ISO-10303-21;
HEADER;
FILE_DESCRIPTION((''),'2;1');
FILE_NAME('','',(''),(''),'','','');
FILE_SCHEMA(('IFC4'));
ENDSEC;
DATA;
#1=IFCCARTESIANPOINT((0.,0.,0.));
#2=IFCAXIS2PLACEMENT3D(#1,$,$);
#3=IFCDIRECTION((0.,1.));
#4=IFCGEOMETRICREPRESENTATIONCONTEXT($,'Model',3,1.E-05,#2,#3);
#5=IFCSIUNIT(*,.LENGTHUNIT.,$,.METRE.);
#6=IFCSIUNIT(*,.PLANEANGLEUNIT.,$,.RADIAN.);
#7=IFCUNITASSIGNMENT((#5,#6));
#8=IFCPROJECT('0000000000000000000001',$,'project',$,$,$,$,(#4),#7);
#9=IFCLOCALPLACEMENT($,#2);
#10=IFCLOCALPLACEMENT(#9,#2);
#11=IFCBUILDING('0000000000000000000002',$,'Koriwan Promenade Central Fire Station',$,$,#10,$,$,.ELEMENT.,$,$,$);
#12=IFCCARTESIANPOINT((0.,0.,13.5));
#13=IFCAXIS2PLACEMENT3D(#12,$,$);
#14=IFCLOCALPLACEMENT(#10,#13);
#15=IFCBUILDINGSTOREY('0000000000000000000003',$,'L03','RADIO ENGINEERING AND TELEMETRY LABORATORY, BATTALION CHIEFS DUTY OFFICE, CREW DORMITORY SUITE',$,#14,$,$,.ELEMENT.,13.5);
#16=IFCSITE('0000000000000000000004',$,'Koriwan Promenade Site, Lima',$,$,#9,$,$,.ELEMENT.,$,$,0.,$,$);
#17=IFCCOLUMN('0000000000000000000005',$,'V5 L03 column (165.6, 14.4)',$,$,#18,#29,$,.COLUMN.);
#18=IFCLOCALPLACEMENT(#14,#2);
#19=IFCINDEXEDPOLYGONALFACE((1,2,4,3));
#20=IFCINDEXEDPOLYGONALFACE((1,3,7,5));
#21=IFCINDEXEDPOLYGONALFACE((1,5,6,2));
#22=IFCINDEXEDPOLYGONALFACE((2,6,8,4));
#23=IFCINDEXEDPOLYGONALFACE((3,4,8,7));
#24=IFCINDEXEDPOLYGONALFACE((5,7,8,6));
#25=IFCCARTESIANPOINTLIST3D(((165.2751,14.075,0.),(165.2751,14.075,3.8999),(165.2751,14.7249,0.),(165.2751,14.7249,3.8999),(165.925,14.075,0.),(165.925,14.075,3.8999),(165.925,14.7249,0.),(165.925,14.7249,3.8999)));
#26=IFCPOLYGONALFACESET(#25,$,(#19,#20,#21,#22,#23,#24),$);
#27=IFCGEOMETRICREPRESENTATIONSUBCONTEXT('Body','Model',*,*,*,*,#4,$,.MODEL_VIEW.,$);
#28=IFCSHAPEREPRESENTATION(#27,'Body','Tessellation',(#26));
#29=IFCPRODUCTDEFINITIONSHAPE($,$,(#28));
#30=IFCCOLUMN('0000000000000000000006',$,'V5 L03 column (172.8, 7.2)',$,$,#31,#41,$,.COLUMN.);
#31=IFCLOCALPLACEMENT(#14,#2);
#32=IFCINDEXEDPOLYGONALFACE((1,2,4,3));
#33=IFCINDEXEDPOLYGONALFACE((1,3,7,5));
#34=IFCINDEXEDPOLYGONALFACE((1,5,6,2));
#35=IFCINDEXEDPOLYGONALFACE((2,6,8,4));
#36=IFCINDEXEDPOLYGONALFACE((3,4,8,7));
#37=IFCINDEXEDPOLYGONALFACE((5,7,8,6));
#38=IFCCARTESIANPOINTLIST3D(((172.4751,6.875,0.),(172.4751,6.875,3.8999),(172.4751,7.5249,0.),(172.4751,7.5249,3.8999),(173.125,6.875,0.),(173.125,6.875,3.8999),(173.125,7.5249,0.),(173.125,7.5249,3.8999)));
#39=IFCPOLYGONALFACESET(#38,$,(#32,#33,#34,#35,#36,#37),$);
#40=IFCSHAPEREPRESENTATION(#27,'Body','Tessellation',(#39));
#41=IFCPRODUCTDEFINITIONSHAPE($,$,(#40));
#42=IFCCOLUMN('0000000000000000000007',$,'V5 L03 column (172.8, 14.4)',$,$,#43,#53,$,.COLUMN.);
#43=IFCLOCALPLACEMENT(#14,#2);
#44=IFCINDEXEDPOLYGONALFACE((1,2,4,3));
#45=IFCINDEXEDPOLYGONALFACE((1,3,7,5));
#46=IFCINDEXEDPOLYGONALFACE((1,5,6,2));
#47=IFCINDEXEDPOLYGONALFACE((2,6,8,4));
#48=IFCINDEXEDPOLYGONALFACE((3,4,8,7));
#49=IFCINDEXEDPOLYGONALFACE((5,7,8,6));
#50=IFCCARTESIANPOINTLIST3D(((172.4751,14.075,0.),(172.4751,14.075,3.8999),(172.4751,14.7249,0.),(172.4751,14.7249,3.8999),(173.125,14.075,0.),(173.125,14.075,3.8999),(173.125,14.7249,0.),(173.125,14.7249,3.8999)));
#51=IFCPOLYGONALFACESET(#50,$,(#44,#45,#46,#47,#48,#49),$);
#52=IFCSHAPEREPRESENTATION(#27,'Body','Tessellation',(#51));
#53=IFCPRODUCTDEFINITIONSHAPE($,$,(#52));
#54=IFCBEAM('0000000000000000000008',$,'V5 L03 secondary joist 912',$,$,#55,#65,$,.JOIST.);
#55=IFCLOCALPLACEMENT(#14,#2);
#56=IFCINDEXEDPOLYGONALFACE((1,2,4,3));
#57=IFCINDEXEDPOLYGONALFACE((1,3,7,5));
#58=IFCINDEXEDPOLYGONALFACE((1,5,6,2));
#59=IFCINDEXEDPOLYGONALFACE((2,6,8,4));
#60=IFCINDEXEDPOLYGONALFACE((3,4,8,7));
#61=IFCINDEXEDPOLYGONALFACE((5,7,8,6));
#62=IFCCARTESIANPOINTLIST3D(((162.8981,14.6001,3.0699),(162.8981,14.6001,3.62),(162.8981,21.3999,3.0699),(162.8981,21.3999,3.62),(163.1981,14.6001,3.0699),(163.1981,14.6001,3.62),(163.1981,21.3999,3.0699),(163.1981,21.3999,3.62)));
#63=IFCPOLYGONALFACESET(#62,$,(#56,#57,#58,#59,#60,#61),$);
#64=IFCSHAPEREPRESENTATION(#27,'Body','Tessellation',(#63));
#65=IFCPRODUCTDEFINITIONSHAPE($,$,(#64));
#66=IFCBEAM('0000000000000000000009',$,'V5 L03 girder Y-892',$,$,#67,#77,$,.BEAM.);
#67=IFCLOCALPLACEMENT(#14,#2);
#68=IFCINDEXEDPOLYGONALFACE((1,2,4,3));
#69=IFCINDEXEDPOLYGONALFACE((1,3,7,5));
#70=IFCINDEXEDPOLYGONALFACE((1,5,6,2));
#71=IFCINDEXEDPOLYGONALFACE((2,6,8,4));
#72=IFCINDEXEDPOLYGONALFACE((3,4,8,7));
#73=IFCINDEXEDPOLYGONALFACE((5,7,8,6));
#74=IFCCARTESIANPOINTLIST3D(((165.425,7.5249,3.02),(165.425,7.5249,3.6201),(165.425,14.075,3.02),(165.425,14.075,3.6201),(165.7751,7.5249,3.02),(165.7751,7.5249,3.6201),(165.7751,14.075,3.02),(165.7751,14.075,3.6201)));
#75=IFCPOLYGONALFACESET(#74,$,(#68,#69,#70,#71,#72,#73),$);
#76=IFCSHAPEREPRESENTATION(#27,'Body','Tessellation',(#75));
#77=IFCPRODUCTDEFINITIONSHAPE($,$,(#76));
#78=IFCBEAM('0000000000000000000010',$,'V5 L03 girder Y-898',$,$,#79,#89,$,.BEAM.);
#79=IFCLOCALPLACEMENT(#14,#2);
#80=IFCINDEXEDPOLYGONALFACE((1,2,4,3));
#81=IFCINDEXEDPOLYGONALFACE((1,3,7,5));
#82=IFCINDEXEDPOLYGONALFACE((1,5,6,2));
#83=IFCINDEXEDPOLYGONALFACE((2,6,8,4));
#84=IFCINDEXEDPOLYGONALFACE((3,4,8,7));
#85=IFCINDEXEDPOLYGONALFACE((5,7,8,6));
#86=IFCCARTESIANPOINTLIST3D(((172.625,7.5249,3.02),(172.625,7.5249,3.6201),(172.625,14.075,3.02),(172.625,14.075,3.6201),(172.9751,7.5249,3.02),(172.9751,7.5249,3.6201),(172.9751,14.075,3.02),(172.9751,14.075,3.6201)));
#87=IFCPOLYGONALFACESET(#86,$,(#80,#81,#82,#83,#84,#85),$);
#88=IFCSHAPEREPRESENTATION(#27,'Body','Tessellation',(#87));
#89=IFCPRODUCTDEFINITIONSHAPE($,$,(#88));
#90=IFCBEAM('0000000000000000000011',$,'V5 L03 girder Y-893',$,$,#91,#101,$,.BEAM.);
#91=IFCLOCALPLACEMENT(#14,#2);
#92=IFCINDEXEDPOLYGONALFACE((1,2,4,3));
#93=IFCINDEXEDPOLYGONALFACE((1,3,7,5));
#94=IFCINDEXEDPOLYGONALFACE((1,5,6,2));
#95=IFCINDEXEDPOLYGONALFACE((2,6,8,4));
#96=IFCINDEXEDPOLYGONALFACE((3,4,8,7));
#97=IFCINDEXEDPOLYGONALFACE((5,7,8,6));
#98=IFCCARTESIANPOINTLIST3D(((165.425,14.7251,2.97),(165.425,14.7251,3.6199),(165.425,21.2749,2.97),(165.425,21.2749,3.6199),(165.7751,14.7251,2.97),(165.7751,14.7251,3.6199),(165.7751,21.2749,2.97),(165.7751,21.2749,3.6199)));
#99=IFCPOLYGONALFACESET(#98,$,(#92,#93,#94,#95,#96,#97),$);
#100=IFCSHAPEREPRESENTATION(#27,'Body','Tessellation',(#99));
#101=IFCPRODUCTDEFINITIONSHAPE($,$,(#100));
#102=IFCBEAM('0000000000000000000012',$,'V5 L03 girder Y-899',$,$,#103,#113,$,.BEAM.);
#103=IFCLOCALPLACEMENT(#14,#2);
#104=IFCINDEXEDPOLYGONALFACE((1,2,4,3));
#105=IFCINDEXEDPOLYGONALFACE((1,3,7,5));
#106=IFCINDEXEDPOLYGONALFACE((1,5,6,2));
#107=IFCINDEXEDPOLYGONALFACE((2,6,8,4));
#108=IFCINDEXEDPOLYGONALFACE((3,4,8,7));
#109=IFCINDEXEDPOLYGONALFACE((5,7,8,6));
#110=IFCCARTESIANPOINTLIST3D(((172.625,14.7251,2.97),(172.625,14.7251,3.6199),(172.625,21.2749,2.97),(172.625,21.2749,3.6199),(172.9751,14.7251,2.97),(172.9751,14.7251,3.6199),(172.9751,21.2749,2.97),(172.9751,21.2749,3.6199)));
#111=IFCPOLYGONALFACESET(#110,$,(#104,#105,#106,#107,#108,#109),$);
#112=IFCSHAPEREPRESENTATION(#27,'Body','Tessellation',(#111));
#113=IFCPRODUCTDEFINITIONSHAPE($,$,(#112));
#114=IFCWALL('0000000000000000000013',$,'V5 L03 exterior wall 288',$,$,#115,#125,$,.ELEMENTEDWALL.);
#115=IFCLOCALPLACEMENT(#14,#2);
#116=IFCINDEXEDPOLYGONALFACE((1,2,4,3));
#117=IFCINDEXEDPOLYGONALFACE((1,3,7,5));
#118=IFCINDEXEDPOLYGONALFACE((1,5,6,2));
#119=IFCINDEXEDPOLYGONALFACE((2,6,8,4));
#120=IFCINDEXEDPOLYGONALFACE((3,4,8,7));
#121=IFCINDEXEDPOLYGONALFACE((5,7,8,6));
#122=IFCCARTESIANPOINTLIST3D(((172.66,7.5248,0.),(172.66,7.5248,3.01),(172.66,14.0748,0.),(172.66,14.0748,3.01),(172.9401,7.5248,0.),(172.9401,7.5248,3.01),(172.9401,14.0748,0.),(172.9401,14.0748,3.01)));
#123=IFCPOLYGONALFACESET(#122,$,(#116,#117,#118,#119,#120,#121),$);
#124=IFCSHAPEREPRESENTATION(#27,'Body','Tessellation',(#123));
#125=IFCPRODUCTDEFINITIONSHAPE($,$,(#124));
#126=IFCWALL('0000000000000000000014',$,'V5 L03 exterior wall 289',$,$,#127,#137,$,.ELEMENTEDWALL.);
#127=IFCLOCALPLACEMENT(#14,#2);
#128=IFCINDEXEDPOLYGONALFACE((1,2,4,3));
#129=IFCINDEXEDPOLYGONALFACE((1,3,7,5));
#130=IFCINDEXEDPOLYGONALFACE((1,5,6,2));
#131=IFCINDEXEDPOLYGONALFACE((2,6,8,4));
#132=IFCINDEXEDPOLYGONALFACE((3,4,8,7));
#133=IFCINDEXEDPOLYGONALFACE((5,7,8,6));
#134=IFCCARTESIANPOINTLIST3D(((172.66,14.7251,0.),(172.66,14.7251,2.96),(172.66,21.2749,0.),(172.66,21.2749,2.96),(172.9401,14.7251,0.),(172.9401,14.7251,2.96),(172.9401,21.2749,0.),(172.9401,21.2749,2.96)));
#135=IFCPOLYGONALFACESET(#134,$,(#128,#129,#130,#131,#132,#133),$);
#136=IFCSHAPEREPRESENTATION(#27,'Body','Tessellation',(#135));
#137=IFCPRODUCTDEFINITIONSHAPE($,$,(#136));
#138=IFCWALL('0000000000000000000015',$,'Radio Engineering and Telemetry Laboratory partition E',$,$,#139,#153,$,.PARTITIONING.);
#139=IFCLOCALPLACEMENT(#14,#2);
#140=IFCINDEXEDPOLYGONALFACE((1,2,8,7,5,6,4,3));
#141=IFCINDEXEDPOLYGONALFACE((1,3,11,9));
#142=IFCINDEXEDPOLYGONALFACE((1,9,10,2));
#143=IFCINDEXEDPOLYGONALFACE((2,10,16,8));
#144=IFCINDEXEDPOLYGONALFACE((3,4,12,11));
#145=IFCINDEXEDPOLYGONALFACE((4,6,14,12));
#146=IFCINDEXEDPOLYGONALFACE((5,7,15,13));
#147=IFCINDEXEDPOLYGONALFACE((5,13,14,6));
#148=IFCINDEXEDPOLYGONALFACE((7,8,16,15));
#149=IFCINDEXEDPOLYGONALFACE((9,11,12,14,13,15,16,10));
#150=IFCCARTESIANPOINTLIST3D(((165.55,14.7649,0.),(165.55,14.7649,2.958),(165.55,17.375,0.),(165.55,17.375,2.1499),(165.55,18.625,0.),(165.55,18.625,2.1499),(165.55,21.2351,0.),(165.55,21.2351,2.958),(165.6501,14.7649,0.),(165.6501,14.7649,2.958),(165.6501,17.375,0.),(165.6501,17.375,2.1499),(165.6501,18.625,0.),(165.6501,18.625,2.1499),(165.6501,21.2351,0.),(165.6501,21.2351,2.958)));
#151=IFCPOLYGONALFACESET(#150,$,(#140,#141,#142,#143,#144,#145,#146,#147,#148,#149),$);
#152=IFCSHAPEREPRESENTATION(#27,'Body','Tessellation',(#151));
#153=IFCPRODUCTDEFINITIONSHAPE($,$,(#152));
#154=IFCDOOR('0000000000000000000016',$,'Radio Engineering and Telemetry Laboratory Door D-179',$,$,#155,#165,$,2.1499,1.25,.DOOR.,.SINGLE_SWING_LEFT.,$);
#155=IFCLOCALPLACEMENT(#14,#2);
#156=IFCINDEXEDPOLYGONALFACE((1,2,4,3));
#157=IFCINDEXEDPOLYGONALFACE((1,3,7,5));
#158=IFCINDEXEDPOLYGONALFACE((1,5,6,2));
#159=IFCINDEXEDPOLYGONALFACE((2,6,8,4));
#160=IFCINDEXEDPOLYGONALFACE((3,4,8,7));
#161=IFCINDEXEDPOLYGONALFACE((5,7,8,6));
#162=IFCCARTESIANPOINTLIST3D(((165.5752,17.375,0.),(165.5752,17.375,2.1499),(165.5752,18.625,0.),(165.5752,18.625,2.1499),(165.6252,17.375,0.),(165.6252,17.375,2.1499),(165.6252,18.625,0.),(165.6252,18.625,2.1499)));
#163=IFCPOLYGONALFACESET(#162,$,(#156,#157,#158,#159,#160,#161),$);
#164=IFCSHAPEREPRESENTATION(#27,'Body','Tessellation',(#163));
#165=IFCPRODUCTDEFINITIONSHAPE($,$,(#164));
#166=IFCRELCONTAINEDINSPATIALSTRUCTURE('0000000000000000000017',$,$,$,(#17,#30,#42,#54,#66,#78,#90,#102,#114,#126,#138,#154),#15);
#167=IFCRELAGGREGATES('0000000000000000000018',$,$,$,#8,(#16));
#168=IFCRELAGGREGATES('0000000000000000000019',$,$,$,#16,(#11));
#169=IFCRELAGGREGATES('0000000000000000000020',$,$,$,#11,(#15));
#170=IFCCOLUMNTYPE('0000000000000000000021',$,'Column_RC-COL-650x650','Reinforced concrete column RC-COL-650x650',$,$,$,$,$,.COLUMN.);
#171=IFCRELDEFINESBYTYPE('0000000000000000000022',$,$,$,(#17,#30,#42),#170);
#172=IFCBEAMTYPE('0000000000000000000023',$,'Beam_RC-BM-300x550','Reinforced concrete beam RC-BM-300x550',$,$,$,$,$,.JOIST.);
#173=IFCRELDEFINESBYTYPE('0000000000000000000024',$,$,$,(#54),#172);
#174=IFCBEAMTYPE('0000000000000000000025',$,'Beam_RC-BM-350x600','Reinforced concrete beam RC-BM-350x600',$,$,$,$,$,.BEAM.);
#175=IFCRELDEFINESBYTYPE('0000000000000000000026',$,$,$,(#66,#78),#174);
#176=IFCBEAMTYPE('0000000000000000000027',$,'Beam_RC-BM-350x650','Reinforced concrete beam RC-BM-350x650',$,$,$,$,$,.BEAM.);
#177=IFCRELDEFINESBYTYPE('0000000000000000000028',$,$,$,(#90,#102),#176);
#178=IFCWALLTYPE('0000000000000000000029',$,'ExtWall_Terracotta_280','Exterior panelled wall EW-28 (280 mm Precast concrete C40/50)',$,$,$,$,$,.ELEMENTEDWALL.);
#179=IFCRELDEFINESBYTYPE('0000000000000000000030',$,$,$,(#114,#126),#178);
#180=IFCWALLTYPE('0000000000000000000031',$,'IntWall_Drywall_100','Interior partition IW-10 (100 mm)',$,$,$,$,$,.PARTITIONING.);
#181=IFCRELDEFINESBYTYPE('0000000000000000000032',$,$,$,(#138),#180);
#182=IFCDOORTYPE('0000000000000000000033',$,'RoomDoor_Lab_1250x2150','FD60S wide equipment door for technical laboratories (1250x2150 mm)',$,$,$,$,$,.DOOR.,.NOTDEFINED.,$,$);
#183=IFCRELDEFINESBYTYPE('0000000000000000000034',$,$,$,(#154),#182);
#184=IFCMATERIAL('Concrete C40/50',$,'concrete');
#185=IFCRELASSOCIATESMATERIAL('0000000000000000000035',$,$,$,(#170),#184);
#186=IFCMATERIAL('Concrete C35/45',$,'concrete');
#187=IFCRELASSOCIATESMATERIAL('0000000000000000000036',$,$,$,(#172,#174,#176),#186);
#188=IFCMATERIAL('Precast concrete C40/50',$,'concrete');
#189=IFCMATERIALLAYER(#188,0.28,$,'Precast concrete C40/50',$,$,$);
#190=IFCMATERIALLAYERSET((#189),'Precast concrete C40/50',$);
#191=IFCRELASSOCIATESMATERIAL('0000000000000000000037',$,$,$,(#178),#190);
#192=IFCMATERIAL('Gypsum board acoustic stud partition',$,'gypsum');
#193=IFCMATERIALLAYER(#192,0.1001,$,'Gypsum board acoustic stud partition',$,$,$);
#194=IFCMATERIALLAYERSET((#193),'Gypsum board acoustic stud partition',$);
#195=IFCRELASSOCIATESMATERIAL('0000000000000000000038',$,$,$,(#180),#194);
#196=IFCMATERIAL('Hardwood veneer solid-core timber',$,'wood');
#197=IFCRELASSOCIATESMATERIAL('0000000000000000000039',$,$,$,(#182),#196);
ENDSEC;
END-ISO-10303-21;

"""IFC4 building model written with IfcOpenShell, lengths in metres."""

from ifc_helpers import new_model, si_unit, direction, frame, frame_2d, origin, origin_2d, place, context, subcontext, project, spatial, rectangle, extrude, material, layer, layer_set, material_profile, profile_set, type_object, element, fill, save


model = new_model("IFC4")

# Units and contexts
model_context = context("Model", 3, precision=1e-05, world=origin(), true_north=direction((0.0, 1.0)))
body_context = subcontext(model_context, "Body", "Model", "MODEL_VIEW")
ifc_project = project(units=[si_unit("LENGTHUNIT", "METRE"), si_unit("PLANEANGLEUNIT", "RADIAN")], contexts=[model_context])

# Site, building, storey
site_placement = place(None, origin())
site = spatial("IfcSite", under=ifc_project, at=site_placement, Name="Koriwan Promenade Site, Lima", CompositionType="ELEMENT", RefElevation=0.0)
building_placement = place(site_placement, origin())
building = spatial("IfcBuilding", under=site, at=building_placement, Name="Koriwan Promenade Central Fire Station", CompositionType="ELEMENT")
storey_placement = place(building_placement, frame((0.0, 0.0, 13.5)))
storey = spatial("IfcBuildingStorey", under=building, at=storey_placement, Name="L03", Description="RADIO ENGINEERING AND TELEMETRY LABORATORY, BATTALION CHIEFS DUTY OFFICE, CREW DORMITORY SUITE", CompositionType="ELEMENT", Elevation=13.5)

# Columns
ifc_material_1 = material(Name="Concrete C40/50", Category="concrete")
ifc_material_profile_1 = material_profile(ifc_material_1, rectangle(XDim=0.6499, YDim=0.6499, at=origin_2d()), Name="RC-COL-650x650")
ifc_profile_set_1 = profile_set([ifc_material_profile_1], Name="Concrete C40/50")
column_type = type_object("IfcColumnType", Name="Column_RC-COL-650x650", Description="Reinforced concrete column RC-COL-650x650", PredefinedType="COLUMN", material=ifc_profile_set_1)
for number, where, z_axis, x_axis, name in (
    (1, (165.6001, 14.3999, 0.0), (0.0, 0.0, 1.0), (1.0, 0.0, 0.0), "V5 L03 column (165.6, 14.4)"),
    (2, (172.8, 7.2, 0.0), (0.0, 0.0, 1.0), (1.0, 0.0, 0.0), "V5 L03 column (172.8, 7.2)"),
    (3, (172.8, 14.3999, 0.0), (0.0, 0.0, 1.0), (1.0, 0.0, 0.0), "V5 L03 column (172.8, 14.4)"),
):
    element("IfcColumn", number, at=place(storey_placement, frame(where, z_axis=z_axis, x_axis=x_axis)), inside=storey, type_object=column_type, Name=name, PredefinedType="COLUMN", context=body_context, shape_type="SweptSolid", body=[
        extrude(rectangle(XDim=0.6499, YDim=0.6499, at=origin_2d()), origin(), (0.0, 0.0, 1.0), 3.8999),
    ])

# Beams
ifc_material_2 = material(Name="Concrete C35/45", Category="concrete")
ifc_material_profile_2 = material_profile(ifc_material_2, rectangle(XDim=0.3, YDim=0.55, at=origin_2d()), Name="RC-BM-300x550")
ifc_profile_set_2 = profile_set([ifc_material_profile_2], Name="Concrete C35/45")
beam_type_1 = type_object("IfcBeamType", Name="Beam_RC-BM-300x550", Description="Reinforced concrete beam RC-BM-300x550", PredefinedType="JOIST", material=ifc_profile_set_2)
beam_placement = place(storey_placement, frame((163.0481, 14.6001, 3.345), z_axis=(0.0, 1.0, 0.0), x_axis=(-1.0, 0.0, 0.0)))
element("IfcBeam", 4, at=beam_placement, inside=storey, type_object=beam_type_1, Name="V5 L03 secondary joist 912", PredefinedType="JOIST", context=body_context, shape_type="SweptSolid", body=[
    extrude(rectangle(XDim=0.3, YDim=0.55, at=origin_2d()), origin(), (0.0, 0.0, 1.0), 6.7998),
])
ifc_material_profile_3 = material_profile(ifc_material_2, rectangle(XDim=0.3501, YDim=0.6001, at=origin_2d()), Name="RC-BM-350x600")
ifc_profile_set_3 = profile_set([ifc_material_profile_3], Name="Concrete C35/45")
beam_type_2 = type_object("IfcBeamType", Name="Beam_RC-BM-350x600", Description="Reinforced concrete beam RC-BM-350x600", PredefinedType="BEAM", material=ifc_profile_set_3)
for number, where, z_axis, x_axis, name in (
    (5, (165.6001, 7.5249, 3.3201), (0.0, 1.0, 0.0), (-1.0, 0.0, 0.0), "V5 L03 girder Y-892"),
    (6, (172.8, 7.5249, 3.3201), (0.0, 1.0, 0.0), (-1.0, 0.0, 0.0), "V5 L03 girder Y-898"),
):
    element("IfcBeam", number, at=place(storey_placement, frame(where, z_axis=z_axis, x_axis=x_axis)), inside=storey, type_object=beam_type_2, Name=name, PredefinedType="BEAM", context=body_context, shape_type="SweptSolid", body=[
        extrude(rectangle(XDim=0.3501, YDim=0.6001, at=origin_2d()), origin(), (0.0, 0.0, 1.0), 6.55),
    ])
ifc_material_profile_4 = material_profile(ifc_material_2, rectangle(XDim=0.3501, YDim=0.6499, at=origin_2d()), Name="RC-BM-350x650")
ifc_profile_set_4 = profile_set([ifc_material_profile_4], Name="Concrete C35/45")
beam_type_3 = type_object("IfcBeamType", Name="Beam_RC-BM-350x650", Description="Reinforced concrete beam RC-BM-350x650", PredefinedType="BEAM", material=ifc_profile_set_4)
for number, where, z_axis, x_axis, name in (
    (7, (165.6001, 14.7251, 3.2949), (0.0, 1.0, 0.0), (-1.0, 0.0, 0.0), "V5 L03 girder Y-893"),
    (8, (172.8, 14.7251, 3.2949), (0.0, 1.0, 0.0), (-1.0, 0.0, 0.0), "V5 L03 girder Y-899"),
):
    element("IfcBeam", number, at=place(storey_placement, frame(where, z_axis=z_axis, x_axis=x_axis)), inside=storey, type_object=beam_type_3, Name=name, PredefinedType="BEAM", context=body_context, shape_type="SweptSolid", body=[
        extrude(rectangle(XDim=0.3501, YDim=0.6499, at=origin_2d()), origin(), (0.0, 0.0, 1.0), 6.5498),
    ])

# Walls
ifc_material_3 = material(Name="Precast concrete C40/50", Category="concrete")
ifc_layer_1 = layer(ifc_material_3, 0.28, Name="Precast concrete C40/50")
ifc_layer_set_1 = layer_set([ifc_layer_1], Name="Precast concrete C40/50")
wall_type_1 = type_object("IfcWallType", Name="ExtWall_Terracotta_280", Description="Exterior panelled wall EW-28 (280 mm Precast concrete C40/50)", PredefinedType="ELEMENTEDWALL", material=ifc_layer_set_1)
wall_1_placement = place(storey_placement, frame((172.8, 7.5249, 0.0), z_axis=(0.0, 0.0, 1.0), x_axis=(0.0, 1.0, 0.0)))
element("IfcWall", 9, at=wall_1_placement, inside=storey, type_object=wall_type_1, Name="V5 L03 exterior wall 288", PredefinedType="ELEMENTEDWALL", context=body_context, shape_type="SweptSolid", body=[
    extrude(rectangle(XDim=6.55, YDim=0.28, at=frame_2d((3.2749, 0.0))), origin(), (0.0, 0.0, 1.0), 3.01),
])
wall_2_placement = place(storey_placement, frame((172.8, 14.7251, 0.0), z_axis=(0.0, 0.0, 1.0), x_axis=(0.0, 1.0, 0.0)))
element("IfcWall", 10, at=wall_2_placement, inside=storey, type_object=wall_type_1, Name="V5 L03 exterior wall 289", PredefinedType="ELEMENTEDWALL", context=body_context, shape_type="SweptSolid", body=[
    extrude(rectangle(XDim=6.5498, YDim=0.28, at=frame_2d((3.2749, 0.0))), origin(), (0.0, 0.0, 1.0), 2.96),
])

# Wall, opening, door
ifc_material_4 = material(Name="Gypsum board acoustic stud partition", Category="gypsum")
ifc_layer_2 = layer(ifc_material_4, 0.1001, Name="Gypsum board acoustic stud partition")
ifc_layer_set_2 = layer_set([ifc_layer_2], Name="Gypsum board acoustic stud partition")
wall_type_2 = type_object("IfcWallType", Name="IntWall_Drywall_100", Description="Interior partition IW-10 (100 mm)", PredefinedType="PARTITIONING", material=ifc_layer_set_2)
wall_3_placement = place(storey_placement, frame((165.6001, 14.7649, 0.0), z_axis=(0.0, 0.0, 1.0), x_axis=(0.0, 1.0, 0.0)))
wall_3 = element("IfcWall", 11, at=wall_3_placement, inside=storey, type_object=wall_type_2, Name="Radio Engineering and Telemetry Laboratory partition E", PredefinedType="PARTITIONING", context=body_context, shape_type="SweptSolid", body=[
    extrude(rectangle(XDim=6.4702, YDim=0.1001, at=frame_2d((3.2351, 0.0))), origin(), (0.0, 0.0, 1.0), 2.958),
])
opening_1_placement = place(wall_3_placement, frame((2.6101, 0.0, 0.0)))
opening_1 = element("IfcOpeningElement", 12, at=opening_1_placement, cuts=wall_3, PredefinedType="OPENING", context=body_context, shape_type="SweptSolid", body=[
    extrude(rectangle(XDim=1.25, YDim=2.1499, at=frame_2d((0.625, 1.075))), frame((0.0, 0.062, 0.0), z_axis=(0.0, -1.0, 0.0), x_axis=(1.0, 0.0, 0.0)), (0.0, 0.0, 1.0), 0.124),
])
ifc_material_5 = material(Name="Hardwood veneer solid-core timber", Category="wood")
door_type_1 = type_object("IfcDoorType", Name="RoomDoor_Lab_1250x2150", Description="FD60S wide equipment door for technical laboratories (1250x2150 mm)", OperationType="NOTDEFINED", PredefinedType="DOOR", material=ifc_material_5)
door_1_placement = place(opening_1_placement, origin())
door_1 = element("IfcDoor", 13, at=door_1_placement, inside=storey, type_object=door_type_1, Name="Radio Engineering and Telemetry Laboratory Door D-179", OperationType="SINGLE_SWING_LEFT", OverallHeight=2.1499, OverallWidth=1.25, PredefinedType="DOOR", context=body_context, shape_type="SweptSolid", body=[
    extrude(rectangle(XDim=1.25, YDim=2.1499, at=frame_2d((0.625, 1.075))), frame((0.0, 0.0249, 0.0), z_axis=(0.0, -1.0, 0.0), x_axis=(1.0, 0.0, 0.0)), (0.0, 0.0, 1.0), 0.05),
])
fill(opening_1, door_1)

save(model, "model.ifc")
